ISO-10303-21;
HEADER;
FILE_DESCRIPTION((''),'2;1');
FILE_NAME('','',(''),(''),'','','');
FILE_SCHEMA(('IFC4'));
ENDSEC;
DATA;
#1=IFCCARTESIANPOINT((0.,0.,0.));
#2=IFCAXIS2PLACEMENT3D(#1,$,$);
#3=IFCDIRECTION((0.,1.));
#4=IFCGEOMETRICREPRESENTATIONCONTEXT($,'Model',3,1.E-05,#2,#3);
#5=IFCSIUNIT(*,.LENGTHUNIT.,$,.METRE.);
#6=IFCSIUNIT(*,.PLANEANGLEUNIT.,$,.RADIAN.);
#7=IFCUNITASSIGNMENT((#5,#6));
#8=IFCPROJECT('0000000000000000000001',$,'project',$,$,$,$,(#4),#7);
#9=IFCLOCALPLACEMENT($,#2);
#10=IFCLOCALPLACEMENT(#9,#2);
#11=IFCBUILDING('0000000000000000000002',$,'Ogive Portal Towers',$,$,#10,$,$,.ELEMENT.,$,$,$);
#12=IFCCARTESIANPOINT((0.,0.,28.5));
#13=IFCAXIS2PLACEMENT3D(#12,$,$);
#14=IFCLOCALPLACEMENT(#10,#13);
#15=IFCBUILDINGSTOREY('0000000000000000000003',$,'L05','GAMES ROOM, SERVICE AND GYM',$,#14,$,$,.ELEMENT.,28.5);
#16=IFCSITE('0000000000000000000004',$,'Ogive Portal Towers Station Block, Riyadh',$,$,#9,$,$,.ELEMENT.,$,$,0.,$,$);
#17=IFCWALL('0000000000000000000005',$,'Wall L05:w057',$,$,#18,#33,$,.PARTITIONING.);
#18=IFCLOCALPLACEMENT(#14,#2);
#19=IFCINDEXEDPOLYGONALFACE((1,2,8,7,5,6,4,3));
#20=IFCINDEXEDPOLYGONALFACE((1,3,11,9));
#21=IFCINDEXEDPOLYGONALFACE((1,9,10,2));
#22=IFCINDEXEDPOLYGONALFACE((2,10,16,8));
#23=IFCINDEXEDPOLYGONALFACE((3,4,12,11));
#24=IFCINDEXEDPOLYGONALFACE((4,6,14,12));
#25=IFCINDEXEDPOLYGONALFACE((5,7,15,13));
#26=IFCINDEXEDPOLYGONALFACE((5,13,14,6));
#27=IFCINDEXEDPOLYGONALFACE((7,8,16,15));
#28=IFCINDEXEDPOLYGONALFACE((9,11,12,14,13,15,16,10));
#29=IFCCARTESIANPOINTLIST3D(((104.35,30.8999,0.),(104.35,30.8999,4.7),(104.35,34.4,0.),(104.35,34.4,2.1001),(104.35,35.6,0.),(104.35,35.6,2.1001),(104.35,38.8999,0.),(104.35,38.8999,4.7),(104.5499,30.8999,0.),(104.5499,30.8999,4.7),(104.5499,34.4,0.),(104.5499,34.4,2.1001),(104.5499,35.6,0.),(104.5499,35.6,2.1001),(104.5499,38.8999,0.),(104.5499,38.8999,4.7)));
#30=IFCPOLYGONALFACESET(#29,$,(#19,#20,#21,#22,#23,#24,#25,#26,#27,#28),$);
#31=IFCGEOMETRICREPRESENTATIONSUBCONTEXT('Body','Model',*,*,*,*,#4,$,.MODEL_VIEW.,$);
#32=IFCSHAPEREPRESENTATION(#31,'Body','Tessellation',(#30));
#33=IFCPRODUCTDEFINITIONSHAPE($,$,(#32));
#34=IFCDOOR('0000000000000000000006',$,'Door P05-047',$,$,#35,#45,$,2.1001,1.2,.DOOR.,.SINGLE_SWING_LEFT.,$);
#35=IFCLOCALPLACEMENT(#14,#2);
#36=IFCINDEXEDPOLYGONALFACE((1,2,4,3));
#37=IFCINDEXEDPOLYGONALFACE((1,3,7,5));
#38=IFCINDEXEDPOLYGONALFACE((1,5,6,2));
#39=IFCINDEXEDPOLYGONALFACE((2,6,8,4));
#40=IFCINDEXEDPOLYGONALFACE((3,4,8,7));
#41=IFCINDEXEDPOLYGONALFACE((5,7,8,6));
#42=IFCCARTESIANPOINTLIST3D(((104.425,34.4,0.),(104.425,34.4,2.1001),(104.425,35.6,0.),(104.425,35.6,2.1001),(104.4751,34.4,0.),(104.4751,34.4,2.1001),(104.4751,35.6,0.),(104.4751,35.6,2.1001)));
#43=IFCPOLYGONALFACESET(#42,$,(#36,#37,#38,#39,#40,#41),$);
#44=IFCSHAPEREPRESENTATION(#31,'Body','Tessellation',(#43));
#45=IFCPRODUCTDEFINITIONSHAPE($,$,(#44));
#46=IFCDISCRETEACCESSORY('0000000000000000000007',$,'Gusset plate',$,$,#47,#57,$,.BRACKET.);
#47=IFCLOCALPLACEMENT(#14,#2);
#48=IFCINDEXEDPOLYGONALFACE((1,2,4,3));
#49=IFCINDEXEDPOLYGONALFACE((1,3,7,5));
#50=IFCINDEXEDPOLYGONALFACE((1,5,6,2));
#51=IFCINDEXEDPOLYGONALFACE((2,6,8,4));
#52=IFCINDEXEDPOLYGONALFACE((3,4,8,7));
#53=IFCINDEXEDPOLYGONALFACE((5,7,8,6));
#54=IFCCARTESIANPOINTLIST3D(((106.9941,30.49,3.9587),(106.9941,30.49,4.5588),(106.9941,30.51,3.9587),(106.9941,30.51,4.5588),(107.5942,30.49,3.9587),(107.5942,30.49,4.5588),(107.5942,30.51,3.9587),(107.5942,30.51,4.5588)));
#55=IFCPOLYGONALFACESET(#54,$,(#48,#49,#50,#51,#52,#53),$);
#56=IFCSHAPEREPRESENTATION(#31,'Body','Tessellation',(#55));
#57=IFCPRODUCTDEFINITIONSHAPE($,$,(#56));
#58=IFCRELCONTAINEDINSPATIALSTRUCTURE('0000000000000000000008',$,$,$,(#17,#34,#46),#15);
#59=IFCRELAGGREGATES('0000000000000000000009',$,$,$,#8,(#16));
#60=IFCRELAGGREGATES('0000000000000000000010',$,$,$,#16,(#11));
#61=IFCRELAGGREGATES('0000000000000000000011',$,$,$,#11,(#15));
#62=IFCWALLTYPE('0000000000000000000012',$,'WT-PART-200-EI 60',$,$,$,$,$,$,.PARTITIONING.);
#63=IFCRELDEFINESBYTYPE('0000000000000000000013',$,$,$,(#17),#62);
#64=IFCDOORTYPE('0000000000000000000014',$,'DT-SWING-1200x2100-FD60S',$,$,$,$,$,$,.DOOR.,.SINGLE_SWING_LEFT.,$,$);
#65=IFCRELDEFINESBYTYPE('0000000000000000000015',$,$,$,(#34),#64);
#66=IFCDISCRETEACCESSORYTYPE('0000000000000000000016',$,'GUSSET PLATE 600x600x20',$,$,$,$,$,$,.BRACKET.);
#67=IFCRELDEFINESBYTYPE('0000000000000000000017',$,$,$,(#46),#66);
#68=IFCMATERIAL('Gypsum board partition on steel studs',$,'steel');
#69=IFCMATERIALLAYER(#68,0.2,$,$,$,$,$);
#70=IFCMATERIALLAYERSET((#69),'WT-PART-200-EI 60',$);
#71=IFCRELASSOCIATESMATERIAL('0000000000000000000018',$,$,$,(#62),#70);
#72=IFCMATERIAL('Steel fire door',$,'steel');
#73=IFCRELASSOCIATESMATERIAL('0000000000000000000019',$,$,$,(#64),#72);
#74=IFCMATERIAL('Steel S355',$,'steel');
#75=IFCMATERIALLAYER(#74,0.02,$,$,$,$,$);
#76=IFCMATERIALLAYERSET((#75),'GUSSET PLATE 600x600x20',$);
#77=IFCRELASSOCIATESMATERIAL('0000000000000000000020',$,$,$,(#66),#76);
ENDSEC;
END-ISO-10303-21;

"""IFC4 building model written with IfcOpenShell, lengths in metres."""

from ifc_helpers import new_model, si_unit, direction, frame, frame_2d, origin, origin_2d, place, context, subcontext, project, spatial, rectangle, extrude, material, layer, layer_set, type_object, element, fill, save


model = new_model("IFC4")

# Units and contexts
model_context = context("Model", 3, precision=1e-05, world=origin(), true_north=direction((0.0, 1.0)))
body_context = subcontext(model_context, "Body", "Model", "MODEL_VIEW")
ifc_project = project(units=[si_unit("LENGTHUNIT", "METRE"), si_unit("PLANEANGLEUNIT", "RADIAN")], contexts=[model_context])

# Site, building, storey
site_placement = place(None, origin())
site = spatial("IfcSite", under=ifc_project, at=site_placement, Name="Ogive Portal Towers Station Block, Riyadh", CompositionType="ELEMENT", RefElevation=0.0)
building_placement = place(site_placement, origin())
building = spatial("IfcBuilding", under=site, at=building_placement, Name="Ogive Portal Towers", CompositionType="ELEMENT")
storey_placement = place(building_placement, frame((0.0, 0.0, 28.5)))
storey = spatial("IfcBuildingStorey", under=building, at=storey_placement, Name="L05", Description="GAMES ROOM, SERVICE AND GYM", CompositionType="ELEMENT", Elevation=28.5)

# Shared definitions
ifc_material_1 = material(Name="Steel S355", Category="steel")

# Wall, opening, door
ifc_material_2 = material(Name="Gypsum board partition on steel studs", Category="steel")
ifc_layer_1 = layer(ifc_material_2, 0.2)
ifc_layer_set_1 = layer_set([ifc_layer_1], Name="WT-PART-200-EI 60")
wall_type_1 = type_object("IfcWallType", Name="WT-PART-200-EI 60", PredefinedType="PARTITIONING", material=ifc_layer_set_1)
ifc_material_3 = material(Name="Steel fire door", Category="steel")
door_type = type_object("IfcDoorType", Name="DT-SWING-1200x2100-FD60S", OperationType="SINGLE_SWING_LEFT", PredefinedType="DOOR", material=ifc_material_3)
wall_1_placement = place(storey_placement, frame((104.45, 30.8999, 0.0), z_axis=(0.0, 0.0, 1.0), x_axis=(0.0, 1.0, 0.0)))
wall_1 = element("IfcWall", 1, at=wall_1_placement, inside=storey, type_object=wall_type_1, Name="Wall L05:w057", PredefinedType="PARTITIONING", context=body_context, shape_type="SweptSolid", body=[
    extrude(rectangle(XDim=8.0, YDim=0.2, at=frame_2d((4.0, 0.0))), origin(), (0.0, 0.0, 1.0), 4.7),
])
opening_1_placement = place(wall_1_placement, frame((3.5, 0.0, 0.0)))
opening_1 = element("IfcOpeningElement", 2, at=opening_1_placement, cuts=wall_1, PredefinedType="OPENING", context=body_context, shape_type="SweptSolid", body=[
    extrude(rectangle(XDim=1.2, YDim=2.1001, at=frame_2d((0.6001, 1.05))), frame((0.0, 0.1099, 0.0), z_axis=(0.0, -1.0, 0.0), x_axis=(1.0, 0.0, 0.0)), (0.0, 0.0, 1.0), 0.22),
])
door_1_placement = place(opening_1_placement, origin())
door_1 = element("IfcDoor", 3, at=door_1_placement, inside=storey, type_object=door_type, Name="Door P05-047", OperationType="SINGLE_SWING_LEFT", OverallHeight=2.1001, OverallWidth=1.2, PredefinedType="DOOR", context=body_context, shape_type="SweptSolid", body=[
    extrude(rectangle(XDim=1.2, YDim=2.1001, at=frame_2d((0.6001, 1.05))), frame((0.0, 0.0249, 0.0), z_axis=(0.0, -1.0, 0.0), x_axis=(1.0, 0.0, 0.0)), (0.0, 0.0, 1.0), 0.05),
])
fill(opening_1, door_1)

# Discrete accessory
ifc_layer_2 = layer(ifc_material_1, 0.02)
ifc_layer_set_2 = layer_set([ifc_layer_2], Name="GUSSET PLATE 600x600x20")
discrete_accessory_type = type_object("IfcDiscreteAccessoryType", Name="GUSSET PLATE 600x600x20", PredefinedType="BRACKET", material=ifc_layer_set_2)
discrete_accessory_placement = place(storey_placement, frame((107.2942, 30.5, 3.9587), z_axis=(0.0, 0.0, 1.0), x_axis=(1.0, 0.0, 0.0)))
element("IfcDiscreteAccessory", 4, at=discrete_accessory_placement, inside=storey, type_object=discrete_accessory_type, Name="Gusset plate", PredefinedType="BRACKET", context=body_context, shape_type="SweptSolid", body=[
    extrude(rectangle(XDim=0.6001, YDim=0.02, at=origin_2d()), origin(), (0.0, 0.0, 1.0), 0.6001),
])

save(model, "model.ifc")
